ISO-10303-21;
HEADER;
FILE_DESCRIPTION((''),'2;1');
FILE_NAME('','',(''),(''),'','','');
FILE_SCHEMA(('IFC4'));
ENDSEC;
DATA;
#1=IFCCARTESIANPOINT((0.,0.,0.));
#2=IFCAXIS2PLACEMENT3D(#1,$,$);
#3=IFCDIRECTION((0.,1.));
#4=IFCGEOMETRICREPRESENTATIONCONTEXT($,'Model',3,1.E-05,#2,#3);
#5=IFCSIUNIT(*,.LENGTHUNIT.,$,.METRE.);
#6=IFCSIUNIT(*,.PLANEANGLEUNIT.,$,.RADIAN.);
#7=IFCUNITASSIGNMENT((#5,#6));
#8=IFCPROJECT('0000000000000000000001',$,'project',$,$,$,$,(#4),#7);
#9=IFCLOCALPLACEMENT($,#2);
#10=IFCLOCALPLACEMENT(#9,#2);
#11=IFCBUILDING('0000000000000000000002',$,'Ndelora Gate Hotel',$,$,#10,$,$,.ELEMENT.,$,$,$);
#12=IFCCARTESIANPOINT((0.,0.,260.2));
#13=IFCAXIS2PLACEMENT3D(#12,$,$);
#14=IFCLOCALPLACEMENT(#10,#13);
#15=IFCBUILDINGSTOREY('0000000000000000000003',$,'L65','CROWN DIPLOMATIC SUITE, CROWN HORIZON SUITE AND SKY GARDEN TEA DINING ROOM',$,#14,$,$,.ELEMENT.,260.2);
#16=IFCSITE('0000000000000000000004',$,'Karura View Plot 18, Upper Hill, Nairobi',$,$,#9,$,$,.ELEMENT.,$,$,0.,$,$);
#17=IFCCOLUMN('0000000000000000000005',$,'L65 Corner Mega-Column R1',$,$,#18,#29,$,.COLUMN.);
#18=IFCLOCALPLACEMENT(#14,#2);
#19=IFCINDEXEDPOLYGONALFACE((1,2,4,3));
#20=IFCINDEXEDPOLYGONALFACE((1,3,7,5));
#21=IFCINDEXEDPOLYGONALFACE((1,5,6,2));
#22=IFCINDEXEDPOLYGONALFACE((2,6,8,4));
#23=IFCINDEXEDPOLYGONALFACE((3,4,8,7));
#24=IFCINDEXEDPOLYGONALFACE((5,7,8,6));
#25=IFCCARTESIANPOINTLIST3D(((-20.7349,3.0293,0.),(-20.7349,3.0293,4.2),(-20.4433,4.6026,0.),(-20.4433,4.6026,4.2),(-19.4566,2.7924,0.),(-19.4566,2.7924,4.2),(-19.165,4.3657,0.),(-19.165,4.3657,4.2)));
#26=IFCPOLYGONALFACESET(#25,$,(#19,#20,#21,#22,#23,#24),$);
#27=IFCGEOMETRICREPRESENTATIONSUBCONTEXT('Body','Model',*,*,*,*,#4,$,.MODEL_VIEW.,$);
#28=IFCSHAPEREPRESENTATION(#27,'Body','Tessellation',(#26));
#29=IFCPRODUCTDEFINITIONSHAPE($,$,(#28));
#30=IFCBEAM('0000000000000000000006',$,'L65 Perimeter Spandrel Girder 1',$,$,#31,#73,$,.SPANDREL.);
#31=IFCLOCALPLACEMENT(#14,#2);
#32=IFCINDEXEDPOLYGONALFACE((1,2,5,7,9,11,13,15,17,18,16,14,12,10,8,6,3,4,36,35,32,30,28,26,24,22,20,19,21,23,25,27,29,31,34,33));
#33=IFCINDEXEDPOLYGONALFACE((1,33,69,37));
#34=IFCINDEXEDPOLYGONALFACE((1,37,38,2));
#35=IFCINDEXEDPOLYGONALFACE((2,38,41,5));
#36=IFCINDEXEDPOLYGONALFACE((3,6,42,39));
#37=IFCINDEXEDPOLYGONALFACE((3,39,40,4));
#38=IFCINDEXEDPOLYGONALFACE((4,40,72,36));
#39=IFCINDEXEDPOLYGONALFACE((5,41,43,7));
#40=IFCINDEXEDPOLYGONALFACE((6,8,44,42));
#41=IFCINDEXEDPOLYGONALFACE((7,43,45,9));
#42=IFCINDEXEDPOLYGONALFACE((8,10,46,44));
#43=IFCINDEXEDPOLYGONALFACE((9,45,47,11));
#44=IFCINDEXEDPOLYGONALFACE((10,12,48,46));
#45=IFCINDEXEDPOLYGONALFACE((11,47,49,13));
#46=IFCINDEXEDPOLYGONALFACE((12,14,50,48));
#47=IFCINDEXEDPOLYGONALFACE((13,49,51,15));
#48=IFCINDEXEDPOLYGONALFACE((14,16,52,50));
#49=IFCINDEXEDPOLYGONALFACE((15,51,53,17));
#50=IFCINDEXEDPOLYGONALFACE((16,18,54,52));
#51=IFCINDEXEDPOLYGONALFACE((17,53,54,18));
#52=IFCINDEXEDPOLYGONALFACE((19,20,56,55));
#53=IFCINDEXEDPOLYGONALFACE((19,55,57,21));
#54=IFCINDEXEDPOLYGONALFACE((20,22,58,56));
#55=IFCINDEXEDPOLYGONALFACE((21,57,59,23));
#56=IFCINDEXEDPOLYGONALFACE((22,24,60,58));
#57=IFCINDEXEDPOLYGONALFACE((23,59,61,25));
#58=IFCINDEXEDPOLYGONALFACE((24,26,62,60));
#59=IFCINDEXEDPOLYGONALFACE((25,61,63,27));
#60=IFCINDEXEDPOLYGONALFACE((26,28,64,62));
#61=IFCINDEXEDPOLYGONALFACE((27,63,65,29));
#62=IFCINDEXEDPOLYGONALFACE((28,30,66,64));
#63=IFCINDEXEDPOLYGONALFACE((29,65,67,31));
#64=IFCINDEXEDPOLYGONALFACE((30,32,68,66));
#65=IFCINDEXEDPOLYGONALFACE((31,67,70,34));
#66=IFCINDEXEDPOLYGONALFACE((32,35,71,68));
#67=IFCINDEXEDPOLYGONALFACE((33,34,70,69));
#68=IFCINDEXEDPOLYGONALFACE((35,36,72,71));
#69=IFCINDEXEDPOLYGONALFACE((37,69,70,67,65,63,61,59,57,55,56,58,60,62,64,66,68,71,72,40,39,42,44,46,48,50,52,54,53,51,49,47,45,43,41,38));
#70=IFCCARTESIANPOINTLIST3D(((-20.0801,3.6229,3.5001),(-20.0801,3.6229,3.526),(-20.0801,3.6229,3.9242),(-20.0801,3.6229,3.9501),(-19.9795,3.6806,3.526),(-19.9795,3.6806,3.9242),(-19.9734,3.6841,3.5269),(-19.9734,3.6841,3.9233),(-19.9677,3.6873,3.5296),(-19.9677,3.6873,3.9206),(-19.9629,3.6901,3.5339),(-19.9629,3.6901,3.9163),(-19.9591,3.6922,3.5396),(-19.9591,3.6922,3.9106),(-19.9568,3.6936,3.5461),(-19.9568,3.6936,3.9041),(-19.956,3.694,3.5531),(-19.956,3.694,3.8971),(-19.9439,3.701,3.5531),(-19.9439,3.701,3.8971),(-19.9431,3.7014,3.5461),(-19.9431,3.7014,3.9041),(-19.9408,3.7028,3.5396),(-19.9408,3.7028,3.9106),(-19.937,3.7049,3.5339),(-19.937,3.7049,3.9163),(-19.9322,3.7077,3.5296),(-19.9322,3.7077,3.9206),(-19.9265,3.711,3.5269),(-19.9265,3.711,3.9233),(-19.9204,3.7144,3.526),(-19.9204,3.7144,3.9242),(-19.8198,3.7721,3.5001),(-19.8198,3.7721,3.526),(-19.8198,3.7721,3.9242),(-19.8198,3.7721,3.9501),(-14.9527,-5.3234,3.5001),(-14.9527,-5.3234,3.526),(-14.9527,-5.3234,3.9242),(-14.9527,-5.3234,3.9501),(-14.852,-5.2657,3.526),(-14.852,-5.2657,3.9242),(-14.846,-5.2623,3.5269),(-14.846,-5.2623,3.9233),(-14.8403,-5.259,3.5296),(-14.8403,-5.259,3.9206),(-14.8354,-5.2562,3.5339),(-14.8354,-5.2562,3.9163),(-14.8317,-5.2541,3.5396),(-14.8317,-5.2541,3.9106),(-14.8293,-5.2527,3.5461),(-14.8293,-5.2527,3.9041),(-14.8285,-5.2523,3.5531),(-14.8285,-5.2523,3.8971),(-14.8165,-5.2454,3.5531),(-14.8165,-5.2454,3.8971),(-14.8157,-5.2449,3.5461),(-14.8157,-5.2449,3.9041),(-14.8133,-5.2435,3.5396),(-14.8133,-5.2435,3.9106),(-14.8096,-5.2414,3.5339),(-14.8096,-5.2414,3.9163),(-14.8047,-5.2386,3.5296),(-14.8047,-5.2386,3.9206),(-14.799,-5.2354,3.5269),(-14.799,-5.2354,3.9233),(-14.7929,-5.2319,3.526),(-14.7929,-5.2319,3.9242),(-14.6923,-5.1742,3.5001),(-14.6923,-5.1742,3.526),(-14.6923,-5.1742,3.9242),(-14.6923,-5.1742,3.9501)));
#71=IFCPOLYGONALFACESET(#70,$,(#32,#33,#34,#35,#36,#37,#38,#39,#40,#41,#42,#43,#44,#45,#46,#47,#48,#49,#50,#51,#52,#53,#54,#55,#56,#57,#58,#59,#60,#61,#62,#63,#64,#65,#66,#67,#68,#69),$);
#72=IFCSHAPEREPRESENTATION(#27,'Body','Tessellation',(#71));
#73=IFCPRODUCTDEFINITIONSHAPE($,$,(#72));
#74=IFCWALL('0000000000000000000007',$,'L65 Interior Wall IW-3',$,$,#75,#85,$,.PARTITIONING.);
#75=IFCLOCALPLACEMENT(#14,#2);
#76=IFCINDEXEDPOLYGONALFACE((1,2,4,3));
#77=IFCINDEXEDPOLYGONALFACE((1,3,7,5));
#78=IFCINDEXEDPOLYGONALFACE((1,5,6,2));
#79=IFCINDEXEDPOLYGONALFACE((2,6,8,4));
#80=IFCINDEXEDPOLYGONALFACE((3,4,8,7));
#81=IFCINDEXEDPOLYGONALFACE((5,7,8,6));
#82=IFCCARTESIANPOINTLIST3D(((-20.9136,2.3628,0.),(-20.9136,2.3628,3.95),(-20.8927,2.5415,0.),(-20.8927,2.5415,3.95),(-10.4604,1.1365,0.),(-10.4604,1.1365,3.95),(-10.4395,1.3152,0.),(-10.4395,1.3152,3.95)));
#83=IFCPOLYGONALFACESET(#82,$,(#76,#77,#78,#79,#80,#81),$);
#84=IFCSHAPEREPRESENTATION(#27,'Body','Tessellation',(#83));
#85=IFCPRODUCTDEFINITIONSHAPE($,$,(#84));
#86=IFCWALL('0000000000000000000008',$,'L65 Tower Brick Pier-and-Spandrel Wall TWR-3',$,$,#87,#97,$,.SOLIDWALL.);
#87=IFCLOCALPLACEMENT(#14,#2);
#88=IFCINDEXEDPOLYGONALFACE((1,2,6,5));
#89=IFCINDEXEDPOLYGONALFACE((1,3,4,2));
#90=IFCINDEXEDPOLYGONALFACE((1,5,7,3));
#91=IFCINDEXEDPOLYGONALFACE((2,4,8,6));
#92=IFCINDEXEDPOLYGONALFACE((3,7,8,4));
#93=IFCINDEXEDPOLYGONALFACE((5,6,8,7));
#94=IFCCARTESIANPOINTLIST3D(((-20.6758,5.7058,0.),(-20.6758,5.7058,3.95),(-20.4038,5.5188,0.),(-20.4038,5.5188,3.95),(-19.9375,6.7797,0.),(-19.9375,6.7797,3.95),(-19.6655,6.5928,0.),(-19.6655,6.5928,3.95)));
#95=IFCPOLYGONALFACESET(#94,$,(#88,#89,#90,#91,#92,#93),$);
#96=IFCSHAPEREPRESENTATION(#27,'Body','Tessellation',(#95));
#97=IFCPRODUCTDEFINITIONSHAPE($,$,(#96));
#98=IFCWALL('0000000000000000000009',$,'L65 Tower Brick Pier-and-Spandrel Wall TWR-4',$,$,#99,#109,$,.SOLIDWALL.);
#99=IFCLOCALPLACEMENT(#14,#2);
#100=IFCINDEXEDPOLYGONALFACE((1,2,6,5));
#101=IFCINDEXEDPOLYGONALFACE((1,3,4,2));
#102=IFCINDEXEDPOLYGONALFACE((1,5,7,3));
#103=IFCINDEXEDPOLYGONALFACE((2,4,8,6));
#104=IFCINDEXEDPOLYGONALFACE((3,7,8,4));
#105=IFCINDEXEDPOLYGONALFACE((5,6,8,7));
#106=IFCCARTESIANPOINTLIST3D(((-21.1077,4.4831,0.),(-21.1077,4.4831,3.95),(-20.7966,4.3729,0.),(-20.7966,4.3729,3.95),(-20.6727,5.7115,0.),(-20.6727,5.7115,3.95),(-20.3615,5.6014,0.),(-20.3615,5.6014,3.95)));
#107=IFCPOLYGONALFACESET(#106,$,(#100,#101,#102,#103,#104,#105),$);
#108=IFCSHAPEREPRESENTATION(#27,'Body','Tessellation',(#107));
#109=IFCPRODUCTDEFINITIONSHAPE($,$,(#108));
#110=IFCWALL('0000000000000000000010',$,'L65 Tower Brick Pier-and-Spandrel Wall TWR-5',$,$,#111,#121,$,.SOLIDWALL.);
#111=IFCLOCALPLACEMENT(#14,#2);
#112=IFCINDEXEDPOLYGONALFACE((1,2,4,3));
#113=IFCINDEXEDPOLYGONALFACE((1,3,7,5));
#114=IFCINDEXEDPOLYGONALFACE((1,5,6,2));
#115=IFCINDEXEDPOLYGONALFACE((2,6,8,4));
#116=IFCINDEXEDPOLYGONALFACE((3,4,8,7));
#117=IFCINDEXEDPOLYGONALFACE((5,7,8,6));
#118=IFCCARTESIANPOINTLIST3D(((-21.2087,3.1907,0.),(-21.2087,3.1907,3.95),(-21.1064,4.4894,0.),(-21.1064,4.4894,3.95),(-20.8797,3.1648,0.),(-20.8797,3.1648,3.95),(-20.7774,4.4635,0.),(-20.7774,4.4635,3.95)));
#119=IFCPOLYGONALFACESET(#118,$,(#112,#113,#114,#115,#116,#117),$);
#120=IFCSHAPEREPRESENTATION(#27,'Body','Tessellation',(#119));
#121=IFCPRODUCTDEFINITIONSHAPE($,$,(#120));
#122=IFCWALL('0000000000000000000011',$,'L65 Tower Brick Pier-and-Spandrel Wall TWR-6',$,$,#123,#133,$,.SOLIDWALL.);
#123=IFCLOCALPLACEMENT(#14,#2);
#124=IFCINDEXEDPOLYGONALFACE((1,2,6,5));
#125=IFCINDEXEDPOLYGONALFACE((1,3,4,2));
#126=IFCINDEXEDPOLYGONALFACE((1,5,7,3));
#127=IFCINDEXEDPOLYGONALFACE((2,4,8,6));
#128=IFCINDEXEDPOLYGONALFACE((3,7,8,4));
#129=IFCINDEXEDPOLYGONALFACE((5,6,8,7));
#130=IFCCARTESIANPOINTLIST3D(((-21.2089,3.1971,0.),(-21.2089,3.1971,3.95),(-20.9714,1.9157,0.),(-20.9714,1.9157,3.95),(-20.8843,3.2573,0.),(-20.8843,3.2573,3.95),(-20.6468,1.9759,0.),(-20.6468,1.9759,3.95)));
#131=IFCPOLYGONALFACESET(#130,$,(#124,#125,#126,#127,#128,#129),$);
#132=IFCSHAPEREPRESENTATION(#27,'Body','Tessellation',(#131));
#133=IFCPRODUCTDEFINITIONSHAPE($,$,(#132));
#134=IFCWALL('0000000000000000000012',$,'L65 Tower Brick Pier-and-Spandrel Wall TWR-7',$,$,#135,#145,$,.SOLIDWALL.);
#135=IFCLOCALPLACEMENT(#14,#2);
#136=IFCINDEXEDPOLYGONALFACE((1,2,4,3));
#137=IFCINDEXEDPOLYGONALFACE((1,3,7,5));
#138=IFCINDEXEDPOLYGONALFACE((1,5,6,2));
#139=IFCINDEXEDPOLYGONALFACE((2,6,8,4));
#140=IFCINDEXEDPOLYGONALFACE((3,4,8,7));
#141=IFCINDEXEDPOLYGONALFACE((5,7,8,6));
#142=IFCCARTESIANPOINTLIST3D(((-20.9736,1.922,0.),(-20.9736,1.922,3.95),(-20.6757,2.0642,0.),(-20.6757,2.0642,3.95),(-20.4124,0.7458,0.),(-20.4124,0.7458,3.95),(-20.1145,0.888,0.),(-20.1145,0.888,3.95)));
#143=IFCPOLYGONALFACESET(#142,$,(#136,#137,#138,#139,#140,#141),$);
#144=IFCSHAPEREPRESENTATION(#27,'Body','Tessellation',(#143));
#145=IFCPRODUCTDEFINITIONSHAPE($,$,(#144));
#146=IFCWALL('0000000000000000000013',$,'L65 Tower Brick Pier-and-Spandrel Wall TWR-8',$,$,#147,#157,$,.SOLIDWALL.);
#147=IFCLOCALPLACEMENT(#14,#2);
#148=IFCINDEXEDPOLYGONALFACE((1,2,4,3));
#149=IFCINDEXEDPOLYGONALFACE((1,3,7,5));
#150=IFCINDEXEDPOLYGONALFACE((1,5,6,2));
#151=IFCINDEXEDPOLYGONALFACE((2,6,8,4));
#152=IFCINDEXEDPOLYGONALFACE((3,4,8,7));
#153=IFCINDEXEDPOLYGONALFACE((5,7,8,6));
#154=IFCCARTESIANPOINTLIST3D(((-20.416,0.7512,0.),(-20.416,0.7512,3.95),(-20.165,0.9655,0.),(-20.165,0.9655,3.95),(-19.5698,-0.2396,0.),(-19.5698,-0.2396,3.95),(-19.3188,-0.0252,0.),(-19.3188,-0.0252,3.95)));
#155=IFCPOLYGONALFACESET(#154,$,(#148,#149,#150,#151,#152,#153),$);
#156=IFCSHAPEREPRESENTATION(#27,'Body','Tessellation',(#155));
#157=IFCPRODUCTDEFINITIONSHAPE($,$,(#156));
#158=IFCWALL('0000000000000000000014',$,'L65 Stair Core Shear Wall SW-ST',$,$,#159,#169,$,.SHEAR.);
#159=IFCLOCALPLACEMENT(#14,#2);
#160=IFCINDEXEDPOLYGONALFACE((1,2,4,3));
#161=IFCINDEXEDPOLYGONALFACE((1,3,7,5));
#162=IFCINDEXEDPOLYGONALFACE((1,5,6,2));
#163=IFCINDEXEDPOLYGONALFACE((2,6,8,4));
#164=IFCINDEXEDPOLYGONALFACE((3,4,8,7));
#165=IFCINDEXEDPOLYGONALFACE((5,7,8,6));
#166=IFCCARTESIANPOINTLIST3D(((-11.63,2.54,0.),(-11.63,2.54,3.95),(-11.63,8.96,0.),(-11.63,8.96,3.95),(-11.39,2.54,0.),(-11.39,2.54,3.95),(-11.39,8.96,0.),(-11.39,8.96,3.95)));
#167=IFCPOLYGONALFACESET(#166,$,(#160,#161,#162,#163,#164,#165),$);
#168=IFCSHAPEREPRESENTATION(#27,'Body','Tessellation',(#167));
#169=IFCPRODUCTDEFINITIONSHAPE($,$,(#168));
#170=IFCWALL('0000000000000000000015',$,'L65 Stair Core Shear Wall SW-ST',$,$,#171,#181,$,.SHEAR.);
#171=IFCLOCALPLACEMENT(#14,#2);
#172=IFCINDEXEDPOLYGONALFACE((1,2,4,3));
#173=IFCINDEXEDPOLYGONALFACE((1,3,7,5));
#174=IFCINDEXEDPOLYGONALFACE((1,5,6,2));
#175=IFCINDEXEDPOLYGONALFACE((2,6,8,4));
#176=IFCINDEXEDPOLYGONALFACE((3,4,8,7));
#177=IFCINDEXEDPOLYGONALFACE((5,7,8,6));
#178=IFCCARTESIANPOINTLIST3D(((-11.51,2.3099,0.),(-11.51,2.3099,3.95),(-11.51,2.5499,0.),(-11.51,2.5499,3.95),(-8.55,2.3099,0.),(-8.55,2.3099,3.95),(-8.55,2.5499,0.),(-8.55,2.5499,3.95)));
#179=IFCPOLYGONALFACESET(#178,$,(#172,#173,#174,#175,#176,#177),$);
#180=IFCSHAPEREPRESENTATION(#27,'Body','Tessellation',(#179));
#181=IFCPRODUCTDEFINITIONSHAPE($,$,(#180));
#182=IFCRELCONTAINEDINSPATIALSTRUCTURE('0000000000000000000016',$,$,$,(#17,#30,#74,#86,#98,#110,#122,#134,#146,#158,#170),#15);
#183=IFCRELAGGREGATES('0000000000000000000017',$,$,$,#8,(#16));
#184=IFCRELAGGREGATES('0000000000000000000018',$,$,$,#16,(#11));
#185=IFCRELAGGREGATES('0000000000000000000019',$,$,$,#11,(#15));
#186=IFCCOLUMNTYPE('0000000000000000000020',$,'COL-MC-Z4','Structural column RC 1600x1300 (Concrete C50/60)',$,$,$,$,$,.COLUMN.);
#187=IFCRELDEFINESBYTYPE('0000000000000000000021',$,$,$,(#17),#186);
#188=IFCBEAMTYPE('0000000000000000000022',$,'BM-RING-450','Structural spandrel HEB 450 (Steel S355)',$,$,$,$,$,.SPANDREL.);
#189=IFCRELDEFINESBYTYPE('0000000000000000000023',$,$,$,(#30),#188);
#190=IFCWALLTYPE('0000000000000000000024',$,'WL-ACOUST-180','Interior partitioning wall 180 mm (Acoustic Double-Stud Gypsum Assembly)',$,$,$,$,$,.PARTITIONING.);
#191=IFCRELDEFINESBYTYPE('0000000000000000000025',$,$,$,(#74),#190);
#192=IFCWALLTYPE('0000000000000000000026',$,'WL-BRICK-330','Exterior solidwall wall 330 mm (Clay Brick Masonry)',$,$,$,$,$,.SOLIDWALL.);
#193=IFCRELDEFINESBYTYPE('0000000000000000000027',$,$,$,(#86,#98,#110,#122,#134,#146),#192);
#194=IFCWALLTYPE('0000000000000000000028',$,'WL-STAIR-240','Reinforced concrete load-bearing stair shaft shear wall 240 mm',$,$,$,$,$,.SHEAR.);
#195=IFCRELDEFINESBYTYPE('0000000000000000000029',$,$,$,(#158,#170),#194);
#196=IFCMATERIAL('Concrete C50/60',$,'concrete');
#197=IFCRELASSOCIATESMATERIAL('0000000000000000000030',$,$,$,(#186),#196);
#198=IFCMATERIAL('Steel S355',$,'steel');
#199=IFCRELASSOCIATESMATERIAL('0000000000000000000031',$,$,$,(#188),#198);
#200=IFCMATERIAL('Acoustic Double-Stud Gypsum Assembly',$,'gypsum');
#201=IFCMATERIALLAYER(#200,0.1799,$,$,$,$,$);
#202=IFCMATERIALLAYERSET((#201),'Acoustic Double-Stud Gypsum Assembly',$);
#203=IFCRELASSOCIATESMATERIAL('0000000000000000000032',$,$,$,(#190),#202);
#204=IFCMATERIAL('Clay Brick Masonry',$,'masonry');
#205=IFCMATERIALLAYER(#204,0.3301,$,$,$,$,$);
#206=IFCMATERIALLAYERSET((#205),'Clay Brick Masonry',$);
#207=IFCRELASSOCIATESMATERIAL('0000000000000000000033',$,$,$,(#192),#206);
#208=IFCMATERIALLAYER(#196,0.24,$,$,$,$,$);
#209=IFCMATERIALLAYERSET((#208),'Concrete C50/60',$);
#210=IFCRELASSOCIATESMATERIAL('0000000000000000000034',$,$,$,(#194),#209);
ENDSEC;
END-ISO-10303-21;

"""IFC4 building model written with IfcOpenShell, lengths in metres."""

from ifc_helpers import new_model, si_unit, direction, frame, frame_2d, origin, origin_2d, place, context, subcontext, project, spatial, rectangle, i_section, extrude, material, layer, layer_set, material_profile, profile_set, type_object, element, save


model = new_model("IFC4")

# Units and contexts
model_context = context("Model", 3, precision=1e-05, world=origin(), true_north=direction((0.0, 1.0)))
body_context = subcontext(model_context, "Body", "Model", "MODEL_VIEW")
ifc_project = project(units=[si_unit("LENGTHUNIT", "METRE"), si_unit("PLANEANGLEUNIT", "RADIAN")], contexts=[model_context])

# Site, building, storey
site_placement = place(None, origin())
site = spatial("IfcSite", under=ifc_project, at=site_placement, Name="Karura View Plot 18, Upper Hill, Nairobi", CompositionType="ELEMENT", RefElevation=0.0)
building_placement = place(site_placement, origin())
building = spatial("IfcBuilding", under=site, at=building_placement, Name="Ndelora Gate Hotel", CompositionType="ELEMENT")
storey_placement = place(building_placement, frame((0.0, 0.0, 260.2)))
storey = spatial("IfcBuildingStorey", under=building, at=storey_placement, Name="L65", Description="CROWN DIPLOMATIC SUITE, CROWN HORIZON SUITE AND SKY GARDEN TEA DINING ROOM", CompositionType="ELEMENT", Elevation=260.2)

# Column
ifc_material_1 = material(Name="Concrete C50/60", Category="concrete")
ifc_material_profile_1 = material_profile(ifc_material_1, rectangle(XDim=1.3, YDim=1.6001, at=origin_2d()), Name="RC 1600x1300")
ifc_profile_set_1 = profile_set([ifc_material_profile_1], Name="Concrete C50/60")
column_type = type_object("IfcColumnType", Name="COL-MC-Z4", Description="Structural column RC 1600x1300 (Concrete C50/60)", PredefinedType="COLUMN", material=ifc_profile_set_1)
column_placement = place(storey_placement, frame((-19.95, 3.6975, 0.0), z_axis=(0.0, 0.0, 1.0), x_axis=(-0.983255, 0.182236, 0.0)))
element("IfcColumn", 1, at=column_placement, inside=storey, type_object=column_type, Name="L65 Corner Mega-Column R1", PredefinedType="COLUMN", context=body_context, shape_type="SweptSolid", body=[
    extrude(rectangle(XDim=1.3, YDim=1.6001, at=origin_2d()), origin(), (0.0, 0.0, 1.0), 4.2),
])

# Beam
ifc_material_2 = material(Name="Steel S355", Category="steel")
ifc_material_profile_2 = material_profile(ifc_material_2, i_section(OverallWidth=0.3, OverallDepth=0.45, WebThickness=0.0139, FlangeThickness=0.0259, FilletRadius=0.0271, at=origin_2d()), Name="HEB 450")
ifc_profile_set_2 = profile_set([ifc_material_profile_2], Name="Steel S355")
beam_type = type_object("IfcBeamType", Name="BM-RING-450", Description="Structural spandrel HEB 450 (Steel S355)", PredefinedType="SPANDREL", material=ifc_profile_set_2)
beam_placement = place(storey_placement, frame((-19.95, 3.6975, 3.7251), z_axis=(0.497255, -0.867604, 0.0), x_axis=(0.867604, 0.497255, 0.0)))
element("IfcBeam", 2, at=beam_placement, inside=storey, type_object=beam_type, Name="L65 Perimeter Spandrel Girder 1", PredefinedType="SPANDREL", context=body_context, shape_type="SweptSolid", body=[
    extrude(i_section(OverallWidth=0.3, OverallDepth=0.45, WebThickness=0.0139, FlangeThickness=0.0259, FilletRadius=0.0271, at=origin_2d()), origin(), (0.0, 0.0, 1.0), 10.3115),
])

# Walls
ifc_material_3 = material(Name="Acoustic Double-Stud Gypsum Assembly", Category="gypsum")
ifc_layer_1 = layer(ifc_material_3, 0.1799)
ifc_layer_set_1 = layer_set([ifc_layer_1], Name="Acoustic Double-Stud Gypsum Assembly")
wall_type_1 = type_object("IfcWallType", Name="WL-ACOUST-180", Description="Interior partitioning wall 180 mm (Acoustic Double-Stud Gypsum Assembly)", PredefinedType="PARTITIONING", material=ifc_layer_set_1)
wall_1_placement = place(storey_placement, frame((-10.45, 1.2258, 0.0), z_axis=(0.0, 0.0, 1.0), x_axis=(-0.993189, 0.116517, 0.0)))
element("IfcWall", 3, at=wall_1_placement, inside=storey, type_object=wall_type_1, Name="L65 Interior Wall IW-3", PredefinedType="PARTITIONING", context=body_context, shape_type="SweptSolid", body=[
    extrude(rectangle(XDim=10.5249, YDim=0.1799, at=frame_2d((5.2625, 0.0))), origin(), (0.0, 0.0, 1.0), 3.95),
])
ifc_material_4 = material(Name="Clay Brick Masonry", Category="masonry")
ifc_layer_2 = layer(ifc_material_4, 0.3301)
ifc_layer_set_2 = layer_set([ifc_layer_2], Name="Clay Brick Masonry")
wall_type_2 = type_object("IfcWallType", Name="WL-BRICK-330", Description="Exterior solidwall wall 330 mm (Clay Brick Masonry)", PredefinedType="SOLIDWALL", material=ifc_layer_set_2)
for number, where, z_axis, x_axis, name in (
    (4, (-20.5398, 5.6123, 0.0), (0.0, 0.0, 1.0), (0.566489, 0.824069, 0.0), "L65 Tower Brick Pier-and-Spandrel Wall TWR-3"),
    (5, (-20.9521, 4.428, 0.0), (0.0, 0.0, 1.0), (0.333819, 0.942637, 0.0), "L65 Tower Brick Pier-and-Spandrel Wall TWR-4"),
):
    element("IfcWall", number, at=place(storey_placement, frame(where, z_axis=z_axis, x_axis=x_axis)), inside=storey, type_object=wall_type_2, Name=name, PredefinedType="SOLIDWALL", context=body_context, shape_type="SweptSolid", body=[
        extrude(rectangle(XDim=1.3032, YDim=0.3301, at=frame_2d((0.6516, 0.0))), origin(), (0.0, 0.0, 1.0), 3.95),
    ])
wall_2_placement = place(storey_placement, frame((-21.0442, 3.1777, 0.0), z_axis=(0.0, 0.0, 1.0), x_axis=(0.078516, 0.996913, 0.0)))
element("IfcWall", 6, at=wall_2_placement, inside=storey, type_object=wall_type_2, Name="L65 Tower Brick Pier-and-Spandrel Wall TWR-5", PredefinedType="SOLIDWALL", context=body_context, shape_type="SweptSolid", body=[
    extrude(rectangle(XDim=1.3027, YDim=0.3301, at=frame_2d((0.6514, 0.0))), origin(), (0.0, 0.0, 1.0), 3.95),
])
for number, where, z_axis, x_axis, name in (
    (7, (-20.8091, 1.9458, 0.0), (0.0, 0.0, 1.0), (-0.182264, 0.98325, 0.0), "L65 Tower Brick Pier-and-Spandrel Wall TWR-6"),
    (8, (-20.2634, 0.8169, 0.0), (0.0, 0.0, 1.0), (-0.430653, 0.902517, 0.0), "L65 Tower Brick Pier-and-Spandrel Wall TWR-7"),
):
    element("IfcWall", number, at=place(storey_placement, frame(where, z_axis=z_axis, x_axis=x_axis)), inside=storey, type_object=wall_type_2, Name=name, PredefinedType="SOLIDWALL", context=body_context, shape_type="SweptSolid", body=[
        extrude(rectangle(XDim=1.3032, YDim=0.3301, at=frame_2d((0.6516, 0.0))), origin(), (0.0, 0.0, 1.0), 3.95),
    ])
wall_3_placement = place(storey_placement, frame((-19.4443, -0.1323, 0.0), z_axis=(0.0, 0.0, 1.0), x_axis=(-0.649463, 0.760393, 0.0)))
element("IfcWall", 9, at=wall_3_placement, inside=storey, type_object=wall_type_2, Name="L65 Tower Brick Pier-and-Spandrel Wall TWR-8", PredefinedType="SOLIDWALL", context=body_context, shape_type="SweptSolid", body=[
    extrude(rectangle(XDim=1.303, YDim=0.3301, at=frame_2d((0.6514, 0.0))), origin(), (0.0, 0.0, 1.0), 3.95),
])
ifc_layer_3 = layer(ifc_material_1, 0.24)
ifc_layer_set_3 = layer_set([ifc_layer_3], Name="Concrete C50/60")
wall_type_3 = type_object("IfcWallType", Name="WL-STAIR-240", Description="Reinforced concrete load-bearing stair shaft shear wall 240 mm", PredefinedType="SHEAR", material=ifc_layer_set_3)
wall_4_placement = place(storey_placement, frame((-11.51, 2.54, 0.0), z_axis=(0.0, 0.0, 1.0), x_axis=(0.0, 1.0, 0.0)))
element("IfcWall", 10, at=wall_4_placement, inside=storey, type_object=wall_type_3, Name="L65 Stair Core Shear Wall SW-ST", PredefinedType="SHEAR", context=body_context, shape_type="SweptSolid", body=[
    extrude(rectangle(XDim=6.4199, YDim=0.24, at=frame_2d((3.21, 0.0))), origin(), (0.0, 0.0, 1.0), 3.95),
])
wall_5_placement = place(storey_placement, frame((-11.51, 2.4299, 0.0), z_axis=(0.0, 0.0, 1.0), x_axis=(1.0, 0.0, 0.0)))
element("IfcWall", 11, at=wall_5_placement, inside=storey, type_object=wall_type_3, Name="L65 Stair Core Shear Wall SW-ST", PredefinedType="SHEAR", context=body_context, shape_type="SweptSolid", body=[
    extrude(rectangle(XDim=2.96, YDim=0.24, at=frame_2d((1.48, 0.0))), origin(), (0.0, 0.0, 1.0), 3.95),
])

save(model, "model.ifc")
